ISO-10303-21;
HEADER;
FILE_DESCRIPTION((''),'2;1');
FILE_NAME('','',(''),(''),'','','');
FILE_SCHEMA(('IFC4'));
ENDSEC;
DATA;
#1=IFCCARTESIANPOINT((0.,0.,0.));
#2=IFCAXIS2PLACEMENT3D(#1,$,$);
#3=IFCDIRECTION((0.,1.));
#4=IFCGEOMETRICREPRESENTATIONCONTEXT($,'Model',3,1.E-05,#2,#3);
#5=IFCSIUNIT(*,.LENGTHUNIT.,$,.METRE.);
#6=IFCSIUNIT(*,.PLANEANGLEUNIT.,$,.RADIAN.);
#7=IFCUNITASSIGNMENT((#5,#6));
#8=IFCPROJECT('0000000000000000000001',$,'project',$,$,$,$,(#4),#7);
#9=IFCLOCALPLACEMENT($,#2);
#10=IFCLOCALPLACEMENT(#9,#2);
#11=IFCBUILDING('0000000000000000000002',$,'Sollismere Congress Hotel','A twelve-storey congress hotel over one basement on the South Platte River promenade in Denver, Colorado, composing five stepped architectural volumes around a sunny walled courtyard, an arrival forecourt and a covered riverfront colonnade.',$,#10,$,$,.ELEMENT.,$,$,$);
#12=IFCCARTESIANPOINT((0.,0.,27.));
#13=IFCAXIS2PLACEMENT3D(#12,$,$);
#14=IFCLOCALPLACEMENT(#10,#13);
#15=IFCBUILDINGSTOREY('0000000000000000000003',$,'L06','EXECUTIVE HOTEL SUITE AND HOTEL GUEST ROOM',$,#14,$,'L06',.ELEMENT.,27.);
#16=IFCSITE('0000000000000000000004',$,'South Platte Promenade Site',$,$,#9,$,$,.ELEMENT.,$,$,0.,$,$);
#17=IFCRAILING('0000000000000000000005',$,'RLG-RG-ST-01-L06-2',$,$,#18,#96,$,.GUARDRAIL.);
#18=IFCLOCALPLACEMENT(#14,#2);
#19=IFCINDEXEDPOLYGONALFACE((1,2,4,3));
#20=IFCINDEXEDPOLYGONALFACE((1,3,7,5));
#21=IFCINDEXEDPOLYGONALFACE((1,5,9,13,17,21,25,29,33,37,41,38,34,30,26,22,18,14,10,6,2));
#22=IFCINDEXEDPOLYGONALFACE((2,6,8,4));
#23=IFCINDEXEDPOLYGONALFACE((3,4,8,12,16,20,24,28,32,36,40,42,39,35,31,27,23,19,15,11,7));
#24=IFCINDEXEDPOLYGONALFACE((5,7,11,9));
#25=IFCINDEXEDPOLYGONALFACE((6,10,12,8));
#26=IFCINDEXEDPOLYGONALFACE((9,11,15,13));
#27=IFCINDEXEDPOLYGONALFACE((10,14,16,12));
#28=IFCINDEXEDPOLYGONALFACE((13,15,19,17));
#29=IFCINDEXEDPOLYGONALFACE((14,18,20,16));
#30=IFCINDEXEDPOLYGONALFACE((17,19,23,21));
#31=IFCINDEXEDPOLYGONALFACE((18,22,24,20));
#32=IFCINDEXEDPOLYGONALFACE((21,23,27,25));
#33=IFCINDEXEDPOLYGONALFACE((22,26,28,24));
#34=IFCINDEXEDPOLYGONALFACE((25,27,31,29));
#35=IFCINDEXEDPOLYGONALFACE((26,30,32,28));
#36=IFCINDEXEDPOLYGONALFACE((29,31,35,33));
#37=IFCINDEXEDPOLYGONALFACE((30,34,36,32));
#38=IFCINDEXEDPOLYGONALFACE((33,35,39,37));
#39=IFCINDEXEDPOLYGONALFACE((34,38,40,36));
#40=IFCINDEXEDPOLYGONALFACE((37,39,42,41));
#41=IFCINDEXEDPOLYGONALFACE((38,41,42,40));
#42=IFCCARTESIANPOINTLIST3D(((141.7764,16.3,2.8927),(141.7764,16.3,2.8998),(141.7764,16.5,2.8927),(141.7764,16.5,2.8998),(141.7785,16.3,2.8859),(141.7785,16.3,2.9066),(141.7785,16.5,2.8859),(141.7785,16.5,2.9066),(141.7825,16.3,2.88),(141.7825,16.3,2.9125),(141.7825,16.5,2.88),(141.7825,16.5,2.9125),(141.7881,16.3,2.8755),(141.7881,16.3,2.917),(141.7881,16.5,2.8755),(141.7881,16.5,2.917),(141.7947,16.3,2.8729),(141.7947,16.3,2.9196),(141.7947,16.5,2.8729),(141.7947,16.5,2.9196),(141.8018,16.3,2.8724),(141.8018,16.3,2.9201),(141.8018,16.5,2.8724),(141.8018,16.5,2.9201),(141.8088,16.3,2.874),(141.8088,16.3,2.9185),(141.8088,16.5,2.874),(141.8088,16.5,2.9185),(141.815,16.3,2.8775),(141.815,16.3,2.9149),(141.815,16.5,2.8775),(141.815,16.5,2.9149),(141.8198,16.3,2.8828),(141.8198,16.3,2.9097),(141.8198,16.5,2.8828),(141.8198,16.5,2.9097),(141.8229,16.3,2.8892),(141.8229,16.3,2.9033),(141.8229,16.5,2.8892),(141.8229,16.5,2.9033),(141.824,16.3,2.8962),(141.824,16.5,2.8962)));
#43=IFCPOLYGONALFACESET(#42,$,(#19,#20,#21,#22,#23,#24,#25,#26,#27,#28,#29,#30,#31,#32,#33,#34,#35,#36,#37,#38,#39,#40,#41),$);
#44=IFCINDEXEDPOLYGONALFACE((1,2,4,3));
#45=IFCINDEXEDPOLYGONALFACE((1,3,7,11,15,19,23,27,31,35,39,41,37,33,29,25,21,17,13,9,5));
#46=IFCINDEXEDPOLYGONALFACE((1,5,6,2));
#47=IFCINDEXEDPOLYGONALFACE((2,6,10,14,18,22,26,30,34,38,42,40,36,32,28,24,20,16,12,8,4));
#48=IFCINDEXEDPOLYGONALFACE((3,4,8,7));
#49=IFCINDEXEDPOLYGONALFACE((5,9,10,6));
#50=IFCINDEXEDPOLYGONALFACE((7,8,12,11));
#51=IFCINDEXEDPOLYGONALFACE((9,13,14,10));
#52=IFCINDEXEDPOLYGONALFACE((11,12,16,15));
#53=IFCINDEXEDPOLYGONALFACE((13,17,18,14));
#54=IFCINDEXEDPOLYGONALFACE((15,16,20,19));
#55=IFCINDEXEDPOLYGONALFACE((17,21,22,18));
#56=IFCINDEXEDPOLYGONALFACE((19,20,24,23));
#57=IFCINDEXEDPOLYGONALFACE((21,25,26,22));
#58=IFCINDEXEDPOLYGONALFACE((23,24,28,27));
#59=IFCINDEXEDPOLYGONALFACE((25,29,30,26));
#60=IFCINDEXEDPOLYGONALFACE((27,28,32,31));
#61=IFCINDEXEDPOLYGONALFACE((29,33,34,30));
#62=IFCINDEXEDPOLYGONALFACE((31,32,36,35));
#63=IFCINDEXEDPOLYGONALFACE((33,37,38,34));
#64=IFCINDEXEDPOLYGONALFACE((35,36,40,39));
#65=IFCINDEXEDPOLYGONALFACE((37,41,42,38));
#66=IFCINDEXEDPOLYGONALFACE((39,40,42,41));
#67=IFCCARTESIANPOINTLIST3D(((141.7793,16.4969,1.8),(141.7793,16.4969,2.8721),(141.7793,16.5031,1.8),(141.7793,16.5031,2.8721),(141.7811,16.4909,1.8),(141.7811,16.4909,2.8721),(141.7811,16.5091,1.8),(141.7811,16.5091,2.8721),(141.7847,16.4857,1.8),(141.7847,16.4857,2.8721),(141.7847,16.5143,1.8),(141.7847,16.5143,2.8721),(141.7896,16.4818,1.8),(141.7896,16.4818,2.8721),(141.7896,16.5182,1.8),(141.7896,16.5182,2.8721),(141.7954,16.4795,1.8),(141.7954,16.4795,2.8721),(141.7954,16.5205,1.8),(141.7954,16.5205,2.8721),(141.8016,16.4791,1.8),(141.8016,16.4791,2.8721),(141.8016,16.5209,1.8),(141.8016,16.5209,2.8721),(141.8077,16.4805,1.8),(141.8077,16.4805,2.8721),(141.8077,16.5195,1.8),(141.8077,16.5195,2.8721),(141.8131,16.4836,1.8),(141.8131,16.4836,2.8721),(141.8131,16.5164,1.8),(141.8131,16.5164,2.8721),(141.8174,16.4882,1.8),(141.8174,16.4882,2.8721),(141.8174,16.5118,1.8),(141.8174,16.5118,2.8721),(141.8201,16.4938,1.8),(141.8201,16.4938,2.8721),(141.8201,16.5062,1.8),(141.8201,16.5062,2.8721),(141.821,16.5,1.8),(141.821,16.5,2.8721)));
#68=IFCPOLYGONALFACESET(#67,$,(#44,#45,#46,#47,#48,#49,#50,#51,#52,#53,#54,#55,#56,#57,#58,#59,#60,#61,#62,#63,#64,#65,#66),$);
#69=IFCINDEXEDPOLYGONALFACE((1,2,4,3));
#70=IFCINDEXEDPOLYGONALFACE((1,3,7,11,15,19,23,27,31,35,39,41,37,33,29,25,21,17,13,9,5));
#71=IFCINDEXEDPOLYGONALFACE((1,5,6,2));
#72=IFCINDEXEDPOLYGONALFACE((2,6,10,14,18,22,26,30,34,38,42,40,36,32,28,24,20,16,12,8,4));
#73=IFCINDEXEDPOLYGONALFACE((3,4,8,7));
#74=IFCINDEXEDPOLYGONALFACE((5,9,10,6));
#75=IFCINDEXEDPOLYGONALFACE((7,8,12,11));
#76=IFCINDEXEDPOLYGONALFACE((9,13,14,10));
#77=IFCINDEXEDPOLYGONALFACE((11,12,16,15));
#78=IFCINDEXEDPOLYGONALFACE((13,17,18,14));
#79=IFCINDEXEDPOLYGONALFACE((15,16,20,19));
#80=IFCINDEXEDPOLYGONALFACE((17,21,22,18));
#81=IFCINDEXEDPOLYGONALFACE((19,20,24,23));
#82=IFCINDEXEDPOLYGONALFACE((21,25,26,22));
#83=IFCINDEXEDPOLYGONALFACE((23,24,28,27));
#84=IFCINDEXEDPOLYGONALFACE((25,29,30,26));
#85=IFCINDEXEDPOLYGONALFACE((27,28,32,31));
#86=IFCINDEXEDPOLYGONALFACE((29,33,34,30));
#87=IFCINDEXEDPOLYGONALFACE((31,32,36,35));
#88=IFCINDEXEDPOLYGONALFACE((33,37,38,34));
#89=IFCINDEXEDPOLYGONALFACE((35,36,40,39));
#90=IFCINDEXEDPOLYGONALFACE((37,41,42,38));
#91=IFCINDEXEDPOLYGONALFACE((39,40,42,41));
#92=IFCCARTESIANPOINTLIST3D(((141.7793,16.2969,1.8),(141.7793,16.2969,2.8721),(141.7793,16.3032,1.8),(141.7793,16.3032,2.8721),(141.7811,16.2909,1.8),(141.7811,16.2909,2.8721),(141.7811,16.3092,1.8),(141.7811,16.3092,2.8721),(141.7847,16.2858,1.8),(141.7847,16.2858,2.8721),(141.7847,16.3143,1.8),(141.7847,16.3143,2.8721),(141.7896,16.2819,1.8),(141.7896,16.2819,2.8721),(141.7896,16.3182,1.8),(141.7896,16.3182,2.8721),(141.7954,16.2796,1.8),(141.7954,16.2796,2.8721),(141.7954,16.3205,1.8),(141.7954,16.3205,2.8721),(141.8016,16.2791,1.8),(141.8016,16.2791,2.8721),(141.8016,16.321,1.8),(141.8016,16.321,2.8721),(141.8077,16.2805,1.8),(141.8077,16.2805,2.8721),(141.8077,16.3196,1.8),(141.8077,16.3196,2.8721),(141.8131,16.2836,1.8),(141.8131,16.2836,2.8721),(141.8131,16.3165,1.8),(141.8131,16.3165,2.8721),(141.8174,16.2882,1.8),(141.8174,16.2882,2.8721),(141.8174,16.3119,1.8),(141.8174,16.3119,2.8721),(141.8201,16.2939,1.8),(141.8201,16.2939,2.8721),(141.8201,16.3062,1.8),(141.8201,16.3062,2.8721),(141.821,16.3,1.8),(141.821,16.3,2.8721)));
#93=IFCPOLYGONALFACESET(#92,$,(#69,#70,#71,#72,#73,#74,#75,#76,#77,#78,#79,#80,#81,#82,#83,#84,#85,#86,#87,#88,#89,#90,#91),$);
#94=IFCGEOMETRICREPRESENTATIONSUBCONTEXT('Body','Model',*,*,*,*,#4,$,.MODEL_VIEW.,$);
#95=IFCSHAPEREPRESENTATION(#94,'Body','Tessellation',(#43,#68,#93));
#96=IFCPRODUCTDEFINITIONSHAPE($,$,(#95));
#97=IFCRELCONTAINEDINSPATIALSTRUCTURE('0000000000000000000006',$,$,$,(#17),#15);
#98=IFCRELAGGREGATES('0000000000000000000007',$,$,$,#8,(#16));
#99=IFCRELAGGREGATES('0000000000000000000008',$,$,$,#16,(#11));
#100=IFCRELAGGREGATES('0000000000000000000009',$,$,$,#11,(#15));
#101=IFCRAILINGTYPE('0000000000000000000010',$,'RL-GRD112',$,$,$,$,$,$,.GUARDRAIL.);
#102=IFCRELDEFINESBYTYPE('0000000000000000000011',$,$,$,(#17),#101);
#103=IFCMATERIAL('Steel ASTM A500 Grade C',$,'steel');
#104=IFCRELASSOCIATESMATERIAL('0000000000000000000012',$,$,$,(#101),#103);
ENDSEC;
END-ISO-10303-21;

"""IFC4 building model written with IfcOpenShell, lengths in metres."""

from ifc_helpers import new_model, si_unit, direction, frame, origin, origin_2d, place, context, subcontext, project, spatial, circle, extrude, material, type_object, element, save


model = new_model("IFC4")

# Units and contexts
model_context = context("Model", 3, precision=1e-05, world=origin(), true_north=direction((0.0, 1.0)))
body_context = subcontext(model_context, "Body", "Model", "MODEL_VIEW")
ifc_project = project(units=[si_unit("LENGTHUNIT", "METRE"), si_unit("PLANEANGLEUNIT", "RADIAN")], contexts=[model_context])

# Site, building, storey
site_placement = place(None, origin())
site = spatial("IfcSite", under=ifc_project, at=site_placement, Name="South Platte Promenade Site", CompositionType="ELEMENT", RefElevation=0.0)
building_placement = place(site_placement, origin())
building = spatial("IfcBuilding", under=site, at=building_placement, Name="Sollismere Congress Hotel", Description="A twelve-storey congress hotel over one basement on the South Platte River promenade in Denver, Colorado, composing five stepped architectural volumes around a sunny walled courtyard, an arrival forecourt and a covered riverfront colonnade.", CompositionType="ELEMENT")
storey_placement = place(building_placement, frame((0.0, 0.0, 27.0)))
storey = spatial("IfcBuildingStorey", under=building, at=storey_placement, Name="L06", Description="EXECUTIVE HOTEL SUITE AND HOTEL GUEST ROOM", LongName="L06", CompositionType="ELEMENT", Elevation=27.0)

# Railing
ifc_material_1 = material(Name="Steel ASTM A500 Grade C", Category="steel")
railing_type_1 = type_object("IfcRailingType", Name="RL-GRD112", PredefinedType="GUARDRAIL", material=ifc_material_1)
railing_1_placement = place(storey_placement, frame((141.8, 16.5, 1.8)))
element("IfcRailing", 1, at=railing_1_placement, inside=storey, type_object=railing_type_1, Name="RLG-RG-ST-01-L06-2", PredefinedType="GUARDRAIL", context=body_context, shape_type="SweptSolid", body=[
    extrude(circle(Radius=0.0239, at=origin_2d()), frame((0.0, 0.0, 1.0962), z_axis=(0.0, -1.0, 0.0), x_axis=(1.0, 0.0, 0.0)), (0.0, 0.0, 1.0), 0.2),
    extrude(circle(Radius=0.021, at=origin_2d()), origin(), (0.0, 0.0, 1.0), 1.072),
    extrude(circle(Radius=0.021, at=origin_2d()), frame((0.0, -0.2, 0.0)), (0.0, 0.0, 1.0), 1.072),
])

save(model, "model.ifc")
